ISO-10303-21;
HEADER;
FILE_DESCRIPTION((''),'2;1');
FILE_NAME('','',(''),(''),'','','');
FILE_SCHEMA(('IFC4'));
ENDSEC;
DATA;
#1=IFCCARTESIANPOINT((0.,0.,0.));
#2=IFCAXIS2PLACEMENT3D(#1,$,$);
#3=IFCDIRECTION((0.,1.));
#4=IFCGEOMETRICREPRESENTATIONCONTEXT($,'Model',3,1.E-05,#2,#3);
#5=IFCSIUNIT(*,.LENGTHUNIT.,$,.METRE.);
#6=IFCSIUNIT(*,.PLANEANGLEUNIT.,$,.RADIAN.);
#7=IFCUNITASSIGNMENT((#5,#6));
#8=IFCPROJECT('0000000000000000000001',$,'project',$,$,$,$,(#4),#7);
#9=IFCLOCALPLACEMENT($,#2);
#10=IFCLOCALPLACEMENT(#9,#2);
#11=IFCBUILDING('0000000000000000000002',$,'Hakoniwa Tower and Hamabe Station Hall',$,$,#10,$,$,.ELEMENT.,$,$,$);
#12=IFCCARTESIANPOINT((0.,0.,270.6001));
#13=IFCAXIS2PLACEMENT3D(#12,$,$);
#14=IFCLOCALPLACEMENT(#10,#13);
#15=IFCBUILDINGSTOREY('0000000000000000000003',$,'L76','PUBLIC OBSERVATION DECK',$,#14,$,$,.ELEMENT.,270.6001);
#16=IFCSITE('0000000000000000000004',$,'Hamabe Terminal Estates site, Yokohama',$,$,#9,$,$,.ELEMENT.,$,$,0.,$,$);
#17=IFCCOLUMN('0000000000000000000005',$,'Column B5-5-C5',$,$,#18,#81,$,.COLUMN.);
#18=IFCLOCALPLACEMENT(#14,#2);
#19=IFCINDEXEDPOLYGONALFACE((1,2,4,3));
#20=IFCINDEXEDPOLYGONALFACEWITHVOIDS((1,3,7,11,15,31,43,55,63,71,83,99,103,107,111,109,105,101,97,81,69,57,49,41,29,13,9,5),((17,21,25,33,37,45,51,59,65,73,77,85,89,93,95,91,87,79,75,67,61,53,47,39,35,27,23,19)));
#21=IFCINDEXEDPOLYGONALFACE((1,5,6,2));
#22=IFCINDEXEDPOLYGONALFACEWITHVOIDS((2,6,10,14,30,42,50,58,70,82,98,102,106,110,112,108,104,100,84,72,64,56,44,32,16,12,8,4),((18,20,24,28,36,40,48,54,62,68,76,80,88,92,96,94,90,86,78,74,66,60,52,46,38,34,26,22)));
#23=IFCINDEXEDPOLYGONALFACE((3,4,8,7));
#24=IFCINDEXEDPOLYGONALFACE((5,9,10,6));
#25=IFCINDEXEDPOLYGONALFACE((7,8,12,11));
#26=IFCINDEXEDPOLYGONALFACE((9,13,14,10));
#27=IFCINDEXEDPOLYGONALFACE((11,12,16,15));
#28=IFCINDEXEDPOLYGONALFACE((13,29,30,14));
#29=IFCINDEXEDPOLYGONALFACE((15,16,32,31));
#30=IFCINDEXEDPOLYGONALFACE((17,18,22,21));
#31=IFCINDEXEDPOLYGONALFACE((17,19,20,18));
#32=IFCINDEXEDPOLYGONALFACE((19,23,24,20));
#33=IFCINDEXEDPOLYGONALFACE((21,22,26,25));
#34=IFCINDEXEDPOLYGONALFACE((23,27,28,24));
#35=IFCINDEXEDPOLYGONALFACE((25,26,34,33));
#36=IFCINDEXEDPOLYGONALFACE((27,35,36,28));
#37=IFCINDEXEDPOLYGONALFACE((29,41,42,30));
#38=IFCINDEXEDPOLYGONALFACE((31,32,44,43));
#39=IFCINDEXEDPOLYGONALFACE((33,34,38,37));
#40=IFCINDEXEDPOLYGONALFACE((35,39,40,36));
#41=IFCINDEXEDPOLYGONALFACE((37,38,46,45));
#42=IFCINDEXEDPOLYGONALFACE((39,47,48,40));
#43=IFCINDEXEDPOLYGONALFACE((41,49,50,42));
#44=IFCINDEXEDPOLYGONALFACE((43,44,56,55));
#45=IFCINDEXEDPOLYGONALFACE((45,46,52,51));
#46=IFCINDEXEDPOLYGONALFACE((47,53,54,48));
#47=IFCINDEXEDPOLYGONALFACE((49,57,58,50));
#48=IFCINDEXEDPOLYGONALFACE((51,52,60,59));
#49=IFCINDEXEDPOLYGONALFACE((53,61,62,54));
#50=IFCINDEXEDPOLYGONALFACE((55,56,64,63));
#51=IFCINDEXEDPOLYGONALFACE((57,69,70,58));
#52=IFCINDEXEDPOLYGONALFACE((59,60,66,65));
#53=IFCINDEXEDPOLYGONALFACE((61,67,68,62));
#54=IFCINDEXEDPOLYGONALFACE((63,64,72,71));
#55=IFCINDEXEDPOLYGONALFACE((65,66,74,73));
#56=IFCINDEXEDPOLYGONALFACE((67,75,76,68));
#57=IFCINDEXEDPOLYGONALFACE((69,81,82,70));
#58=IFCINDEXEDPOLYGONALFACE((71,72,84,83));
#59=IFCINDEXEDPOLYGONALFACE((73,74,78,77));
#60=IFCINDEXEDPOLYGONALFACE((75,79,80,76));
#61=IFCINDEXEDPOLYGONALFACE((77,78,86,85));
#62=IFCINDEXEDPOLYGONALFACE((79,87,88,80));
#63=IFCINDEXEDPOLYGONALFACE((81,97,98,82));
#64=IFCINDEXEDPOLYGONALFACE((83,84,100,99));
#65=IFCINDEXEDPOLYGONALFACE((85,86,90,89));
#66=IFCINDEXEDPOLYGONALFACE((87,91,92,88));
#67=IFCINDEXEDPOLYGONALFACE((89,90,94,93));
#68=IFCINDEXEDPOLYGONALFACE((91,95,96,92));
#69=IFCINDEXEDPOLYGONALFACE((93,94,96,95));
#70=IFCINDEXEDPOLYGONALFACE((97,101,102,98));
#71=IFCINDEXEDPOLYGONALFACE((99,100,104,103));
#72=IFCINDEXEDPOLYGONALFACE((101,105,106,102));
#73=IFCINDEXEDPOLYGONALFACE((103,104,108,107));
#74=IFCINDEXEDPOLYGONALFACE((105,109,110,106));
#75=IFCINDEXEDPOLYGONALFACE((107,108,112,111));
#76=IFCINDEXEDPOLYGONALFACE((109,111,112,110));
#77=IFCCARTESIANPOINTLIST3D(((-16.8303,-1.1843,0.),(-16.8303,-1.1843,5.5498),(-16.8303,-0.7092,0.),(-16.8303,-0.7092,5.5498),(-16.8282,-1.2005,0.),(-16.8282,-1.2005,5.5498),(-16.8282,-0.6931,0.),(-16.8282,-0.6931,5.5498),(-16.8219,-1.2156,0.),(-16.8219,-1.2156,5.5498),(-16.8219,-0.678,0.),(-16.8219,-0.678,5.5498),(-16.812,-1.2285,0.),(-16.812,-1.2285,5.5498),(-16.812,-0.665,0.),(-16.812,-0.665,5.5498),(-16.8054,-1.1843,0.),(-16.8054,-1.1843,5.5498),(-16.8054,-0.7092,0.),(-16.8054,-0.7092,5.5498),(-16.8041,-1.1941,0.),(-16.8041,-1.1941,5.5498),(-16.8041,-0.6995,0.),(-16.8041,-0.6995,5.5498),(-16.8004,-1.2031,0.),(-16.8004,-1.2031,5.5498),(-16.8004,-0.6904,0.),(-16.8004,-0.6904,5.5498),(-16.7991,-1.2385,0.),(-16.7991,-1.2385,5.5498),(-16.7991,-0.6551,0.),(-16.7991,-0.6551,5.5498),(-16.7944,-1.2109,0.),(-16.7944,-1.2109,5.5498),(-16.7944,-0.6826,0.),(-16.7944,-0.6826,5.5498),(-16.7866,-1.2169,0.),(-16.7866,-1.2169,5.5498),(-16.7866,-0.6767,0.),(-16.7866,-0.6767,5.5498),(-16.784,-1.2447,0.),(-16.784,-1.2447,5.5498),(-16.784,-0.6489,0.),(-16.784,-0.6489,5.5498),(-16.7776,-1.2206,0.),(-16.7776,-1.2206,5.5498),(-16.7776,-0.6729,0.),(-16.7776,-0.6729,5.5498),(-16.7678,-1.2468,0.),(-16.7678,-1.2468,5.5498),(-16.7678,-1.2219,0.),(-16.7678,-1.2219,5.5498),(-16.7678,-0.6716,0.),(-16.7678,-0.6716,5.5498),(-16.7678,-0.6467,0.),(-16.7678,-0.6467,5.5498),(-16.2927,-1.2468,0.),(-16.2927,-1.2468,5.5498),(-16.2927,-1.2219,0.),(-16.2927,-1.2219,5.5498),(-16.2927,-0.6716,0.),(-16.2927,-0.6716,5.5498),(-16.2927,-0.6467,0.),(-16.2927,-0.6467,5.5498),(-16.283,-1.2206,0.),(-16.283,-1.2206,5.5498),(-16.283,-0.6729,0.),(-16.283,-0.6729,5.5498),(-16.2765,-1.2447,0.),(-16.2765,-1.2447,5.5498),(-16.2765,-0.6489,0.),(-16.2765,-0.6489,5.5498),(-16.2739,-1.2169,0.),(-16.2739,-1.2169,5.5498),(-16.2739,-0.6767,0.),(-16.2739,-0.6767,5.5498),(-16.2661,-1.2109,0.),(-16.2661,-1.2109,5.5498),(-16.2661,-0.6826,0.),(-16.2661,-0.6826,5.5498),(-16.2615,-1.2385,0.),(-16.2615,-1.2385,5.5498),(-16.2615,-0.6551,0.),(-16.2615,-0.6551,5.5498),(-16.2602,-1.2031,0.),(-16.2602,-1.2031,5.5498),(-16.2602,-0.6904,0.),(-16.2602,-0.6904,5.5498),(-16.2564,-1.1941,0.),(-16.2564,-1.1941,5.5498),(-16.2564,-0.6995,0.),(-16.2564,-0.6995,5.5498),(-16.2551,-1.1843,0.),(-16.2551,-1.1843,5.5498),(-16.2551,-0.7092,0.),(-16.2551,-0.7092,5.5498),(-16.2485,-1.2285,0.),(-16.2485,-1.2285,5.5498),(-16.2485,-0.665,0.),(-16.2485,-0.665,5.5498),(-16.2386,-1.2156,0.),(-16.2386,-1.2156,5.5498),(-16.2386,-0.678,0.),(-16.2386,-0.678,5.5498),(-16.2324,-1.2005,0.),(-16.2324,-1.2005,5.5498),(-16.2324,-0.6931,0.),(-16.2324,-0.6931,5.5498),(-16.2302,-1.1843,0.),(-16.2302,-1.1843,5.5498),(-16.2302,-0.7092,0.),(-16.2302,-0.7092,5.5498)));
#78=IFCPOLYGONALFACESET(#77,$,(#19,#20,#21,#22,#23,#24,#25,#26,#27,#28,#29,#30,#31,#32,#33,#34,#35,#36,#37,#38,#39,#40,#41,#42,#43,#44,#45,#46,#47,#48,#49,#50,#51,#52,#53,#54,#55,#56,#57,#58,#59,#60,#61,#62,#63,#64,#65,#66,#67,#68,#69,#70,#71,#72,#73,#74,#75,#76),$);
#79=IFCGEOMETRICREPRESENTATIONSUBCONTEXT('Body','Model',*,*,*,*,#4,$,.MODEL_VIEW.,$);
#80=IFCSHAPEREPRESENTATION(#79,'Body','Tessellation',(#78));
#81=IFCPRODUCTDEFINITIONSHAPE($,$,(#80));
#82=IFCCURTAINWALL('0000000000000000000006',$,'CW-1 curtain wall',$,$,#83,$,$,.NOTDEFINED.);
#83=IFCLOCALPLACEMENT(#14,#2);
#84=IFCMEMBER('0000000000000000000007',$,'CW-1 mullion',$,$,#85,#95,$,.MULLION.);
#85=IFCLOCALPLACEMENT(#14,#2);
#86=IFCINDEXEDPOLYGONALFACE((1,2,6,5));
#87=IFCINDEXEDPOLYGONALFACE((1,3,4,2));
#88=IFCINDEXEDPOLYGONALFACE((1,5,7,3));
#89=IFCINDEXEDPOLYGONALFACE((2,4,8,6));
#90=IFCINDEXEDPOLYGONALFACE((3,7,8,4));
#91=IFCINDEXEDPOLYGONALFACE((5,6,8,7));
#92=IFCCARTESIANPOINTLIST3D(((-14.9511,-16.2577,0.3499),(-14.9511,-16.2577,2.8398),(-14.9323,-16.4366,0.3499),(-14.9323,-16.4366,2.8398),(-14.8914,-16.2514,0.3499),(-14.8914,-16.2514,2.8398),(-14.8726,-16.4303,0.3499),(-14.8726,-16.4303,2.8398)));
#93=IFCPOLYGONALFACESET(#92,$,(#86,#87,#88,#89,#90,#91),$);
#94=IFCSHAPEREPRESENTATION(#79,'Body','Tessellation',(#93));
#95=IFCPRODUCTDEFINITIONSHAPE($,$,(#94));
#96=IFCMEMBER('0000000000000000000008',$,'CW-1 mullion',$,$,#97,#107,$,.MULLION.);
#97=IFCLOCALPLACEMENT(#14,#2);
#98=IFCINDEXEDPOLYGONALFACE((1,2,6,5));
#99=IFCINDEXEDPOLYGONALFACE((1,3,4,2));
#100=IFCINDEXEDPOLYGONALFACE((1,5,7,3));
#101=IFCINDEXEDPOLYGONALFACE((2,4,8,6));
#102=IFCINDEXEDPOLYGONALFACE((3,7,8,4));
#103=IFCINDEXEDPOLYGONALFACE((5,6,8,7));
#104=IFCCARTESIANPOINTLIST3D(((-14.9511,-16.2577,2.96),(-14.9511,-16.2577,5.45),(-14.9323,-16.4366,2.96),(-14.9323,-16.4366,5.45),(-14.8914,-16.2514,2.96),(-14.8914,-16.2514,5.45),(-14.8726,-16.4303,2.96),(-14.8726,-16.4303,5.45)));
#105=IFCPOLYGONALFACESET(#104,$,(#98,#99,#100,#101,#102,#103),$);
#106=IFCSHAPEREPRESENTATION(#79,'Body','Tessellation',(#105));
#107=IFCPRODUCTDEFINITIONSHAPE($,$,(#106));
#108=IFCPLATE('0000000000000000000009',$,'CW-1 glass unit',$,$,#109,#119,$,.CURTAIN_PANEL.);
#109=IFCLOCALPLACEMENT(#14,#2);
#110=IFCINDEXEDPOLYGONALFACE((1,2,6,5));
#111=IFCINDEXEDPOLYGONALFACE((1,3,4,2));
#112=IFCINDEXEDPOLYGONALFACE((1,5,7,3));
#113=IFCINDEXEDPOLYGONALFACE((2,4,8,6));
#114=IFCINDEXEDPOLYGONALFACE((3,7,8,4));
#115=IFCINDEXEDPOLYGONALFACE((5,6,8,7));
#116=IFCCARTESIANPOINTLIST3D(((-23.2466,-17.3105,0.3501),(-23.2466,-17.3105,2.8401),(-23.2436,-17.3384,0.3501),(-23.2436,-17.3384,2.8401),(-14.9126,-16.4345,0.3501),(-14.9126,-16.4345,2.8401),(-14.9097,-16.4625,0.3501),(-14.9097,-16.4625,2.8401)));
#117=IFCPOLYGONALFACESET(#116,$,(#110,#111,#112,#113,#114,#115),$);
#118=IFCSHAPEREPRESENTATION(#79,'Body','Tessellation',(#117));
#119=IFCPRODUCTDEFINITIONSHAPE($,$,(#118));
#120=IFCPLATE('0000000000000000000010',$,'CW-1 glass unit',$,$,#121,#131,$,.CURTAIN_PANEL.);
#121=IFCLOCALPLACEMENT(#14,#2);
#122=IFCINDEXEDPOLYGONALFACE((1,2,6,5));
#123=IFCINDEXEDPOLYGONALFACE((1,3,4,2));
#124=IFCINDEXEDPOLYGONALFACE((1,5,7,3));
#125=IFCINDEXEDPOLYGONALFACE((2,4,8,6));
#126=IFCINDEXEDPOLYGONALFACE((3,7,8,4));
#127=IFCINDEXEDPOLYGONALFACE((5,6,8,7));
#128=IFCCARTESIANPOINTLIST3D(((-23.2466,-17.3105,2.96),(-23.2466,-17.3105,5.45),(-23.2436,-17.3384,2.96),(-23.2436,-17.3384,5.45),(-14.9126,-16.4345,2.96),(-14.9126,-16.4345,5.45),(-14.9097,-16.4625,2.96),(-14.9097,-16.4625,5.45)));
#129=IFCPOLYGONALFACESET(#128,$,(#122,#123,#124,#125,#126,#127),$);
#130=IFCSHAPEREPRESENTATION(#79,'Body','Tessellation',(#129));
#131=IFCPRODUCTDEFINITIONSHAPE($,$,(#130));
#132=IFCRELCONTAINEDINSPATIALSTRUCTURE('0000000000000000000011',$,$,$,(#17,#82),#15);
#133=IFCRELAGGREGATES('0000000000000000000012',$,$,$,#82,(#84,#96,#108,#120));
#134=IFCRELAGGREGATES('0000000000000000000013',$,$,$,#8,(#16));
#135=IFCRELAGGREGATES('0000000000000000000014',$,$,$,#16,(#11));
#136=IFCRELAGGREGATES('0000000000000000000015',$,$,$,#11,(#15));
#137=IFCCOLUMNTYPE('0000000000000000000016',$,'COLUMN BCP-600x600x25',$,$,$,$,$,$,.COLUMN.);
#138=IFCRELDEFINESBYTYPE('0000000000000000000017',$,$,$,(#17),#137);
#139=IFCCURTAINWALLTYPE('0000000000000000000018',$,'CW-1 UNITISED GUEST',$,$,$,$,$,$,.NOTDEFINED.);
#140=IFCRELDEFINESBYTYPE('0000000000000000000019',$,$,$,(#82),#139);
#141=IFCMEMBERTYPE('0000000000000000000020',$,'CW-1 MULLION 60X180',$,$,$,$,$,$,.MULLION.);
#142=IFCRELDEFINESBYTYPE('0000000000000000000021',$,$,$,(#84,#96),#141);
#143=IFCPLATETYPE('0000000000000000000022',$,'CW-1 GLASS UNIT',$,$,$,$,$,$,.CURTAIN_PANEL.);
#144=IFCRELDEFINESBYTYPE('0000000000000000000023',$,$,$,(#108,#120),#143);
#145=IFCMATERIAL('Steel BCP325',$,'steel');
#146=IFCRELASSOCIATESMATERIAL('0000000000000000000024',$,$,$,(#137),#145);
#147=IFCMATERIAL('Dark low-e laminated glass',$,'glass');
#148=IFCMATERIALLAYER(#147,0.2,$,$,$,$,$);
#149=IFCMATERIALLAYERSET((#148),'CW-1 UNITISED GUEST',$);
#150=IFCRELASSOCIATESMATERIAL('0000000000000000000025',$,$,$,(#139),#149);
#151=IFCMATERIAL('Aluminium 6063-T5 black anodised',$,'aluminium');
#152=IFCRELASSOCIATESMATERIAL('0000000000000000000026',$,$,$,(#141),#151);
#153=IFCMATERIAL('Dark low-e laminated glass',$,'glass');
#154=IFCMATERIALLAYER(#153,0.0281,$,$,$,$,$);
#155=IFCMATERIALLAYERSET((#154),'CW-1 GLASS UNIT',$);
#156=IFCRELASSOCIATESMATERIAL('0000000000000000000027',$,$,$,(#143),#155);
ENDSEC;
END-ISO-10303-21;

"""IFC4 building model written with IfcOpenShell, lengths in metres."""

from ifc_helpers import new_model, si_unit, direction, frame, origin, origin_2d, place, context, subcontext, project, spatial, rectangle, hollow_rectangle, extrude, material, layer, layer_set, material_profile, profile_set, type_object, element, aggregate, save


model = new_model("IFC4")

# Units and contexts
model_context = context("Model", 3, precision=1e-05, world=origin(), true_north=direction((0.0, 1.0)))
body_context = subcontext(model_context, "Body", "Model", "MODEL_VIEW")
ifc_project = project(units=[si_unit("LENGTHUNIT", "METRE"), si_unit("PLANEANGLEUNIT", "RADIAN")], contexts=[model_context])

# Site, building, storey
site_placement = place(None, origin())
site = spatial("IfcSite", under=ifc_project, at=site_placement, Name="Hamabe Terminal Estates site, Yokohama", CompositionType="ELEMENT", RefElevation=0.0)
building_placement = place(site_placement, origin())
building = spatial("IfcBuilding", under=site, at=building_placement, Name="Hakoniwa Tower and Hamabe Station Hall", CompositionType="ELEMENT")
storey_placement = place(building_placement, frame((0.0, 0.0, 270.6001)))
storey = spatial("IfcBuildingStorey", under=building, at=storey_placement, Name="L76", Description="PUBLIC OBSERVATION DECK", CompositionType="ELEMENT", Elevation=270.6001)

# Column
ifc_material_1 = material(Name="Steel BCP325", Category="steel")
ifc_material_profile_1 = material_profile(ifc_material_1, hollow_rectangle(XDim=0.6001, YDim=0.6001, WallThickness=0.0249, InnerFilletRadius=0.0376, OuterFilletRadius=0.0625, at=origin_2d()), Name="BCP-600x600x25")
ifc_profile_set_1 = profile_set([ifc_material_profile_1], Name="Steel BCP325")
column_type_1 = type_object("IfcColumnType", Name="COLUMN BCP-600x600x25", PredefinedType="COLUMN", material=ifc_profile_set_1)
column_placement = place(storey_placement, frame((-16.5303, -0.9468, 0.0), z_axis=(0.0, 0.0, 1.0), x_axis=(1.0, 0.0, 0.0)))
element("IfcColumn", 1, at=column_placement, inside=storey, type_object=column_type_1, Name="Column B5-5-C5", PredefinedType="COLUMN", context=body_context, shape_type="SweptSolid", body=[
    extrude(hollow_rectangle(XDim=0.6001, YDim=0.6001, WallThickness=0.0249, InnerFilletRadius=0.0376, OuterFilletRadius=0.0625, at=origin_2d()), origin(), (0.0, 0.0, 1.0), 5.5498),
])

# Curtain wall, members, plates
ifc_material_2 = material(Name="Dark low-e laminated glass", Category="glass")
ifc_layer_1 = layer(ifc_material_2, 0.2)
ifc_layer_set_1 = layer_set([ifc_layer_1], Name="CW-1 UNITISED GUEST")
curtain_wall_type = type_object("IfcCurtainWallType", Name="CW-1 UNITISED GUEST", PredefinedType="NOTDEFINED", material=ifc_layer_set_1)
curtain_wall_placement = place(storey_placement, origin())
curtain_wall = element("IfcCurtainWall", 2, at=curtain_wall_placement, inside=storey, type_object=curtain_wall_type, Name="CW-1 curtain wall", PredefinedType="NOTDEFINED")
ifc_material_3 = material(Name="Aluminium 6063-T5 black anodised", Category="aluminium")
ifc_material_profile_2 = material_profile(ifc_material_3, rectangle(XDim=0.0601, YDim=0.1799, at=origin_2d()), Name="CW-1 MULLION 60X180")
ifc_profile_set_2 = profile_set([ifc_material_profile_2], Name="Aluminium 6063-T5 black anodised")
member_type = type_object("IfcMemberType", Name="CW-1 MULLION 60X180", PredefinedType="MULLION", material=ifc_profile_set_2)
member_1_placement = place(storey_placement, frame((-14.9119, -16.344, 0.3499), z_axis=(0.0, 0.0, 1.0), x_axis=(0.994522, 0.104528, 0.0)))
member_1 = element("IfcMember", 3, at=member_1_placement, type_object=member_type, Name="CW-1 mullion", PredefinedType="MULLION", context=body_context, shape_type="SweptSolid", body=[
    extrude(rectangle(XDim=0.0601, YDim=0.1799, at=origin_2d()), origin(), (0.0, 0.0, 1.0), 2.49),
])
member_2_placement = place(storey_placement, frame((-14.9119, -16.344, 2.96), z_axis=(0.0, 0.0, 1.0), x_axis=(0.994522, 0.104528, 0.0)))
member_2 = element("IfcMember", 4, at=member_2_placement, type_object=member_type, Name="CW-1 mullion", PredefinedType="MULLION", context=body_context, shape_type="SweptSolid", body=[
    extrude(rectangle(XDim=0.0601, YDim=0.1799, at=origin_2d()), origin(), (0.0, 0.0, 1.0), 2.49),
])
ifc_material_4 = material(Name="Dark low-e laminated glass", Category="glass")
ifc_layer_2 = layer(ifc_material_4, 0.0281)
ifc_layer_set_2 = layer_set([ifc_layer_2], Name="CW-1 GLASS UNIT")
plate_type = type_object("IfcPlateType", Name="CW-1 GLASS UNIT", PredefinedType="CURTAIN_PANEL", material=ifc_layer_set_2)
plate_1_placement = place(storey_placement, frame((-19.0781, -16.8865, 0.3501), z_axis=(0.0, 0.0, 1.0), x_axis=(0.994522, 0.104528, 0.0)))
plate_1 = element("IfcPlate", 5, at=plate_1_placement, type_object=plate_type, Name="CW-1 glass unit", PredefinedType="CURTAIN_PANEL", context=body_context, shape_type="SweptSolid", body=[
    extrude(rectangle(XDim=8.3799, YDim=0.0281, at=origin_2d()), origin(), (0.0, 0.0, 1.0), 2.49),
])
plate_2_placement = place(storey_placement, frame((-19.0781, -16.8865, 2.96), z_axis=(0.0, 0.0, 1.0), x_axis=(0.994522, 0.104528, 0.0)))
plate_2 = element("IfcPlate", 6, at=plate_2_placement, type_object=plate_type, Name="CW-1 glass unit", PredefinedType="CURTAIN_PANEL", context=body_context, shape_type="SweptSolid", body=[
    extrude(rectangle(XDim=8.3799, YDim=0.0281, at=origin_2d()), origin(), (0.0, 0.0, 1.0), 2.49),
])
aggregate(curtain_wall, [member_1, member_2, plate_1, plate_2])

save(model, "model.ifc")
